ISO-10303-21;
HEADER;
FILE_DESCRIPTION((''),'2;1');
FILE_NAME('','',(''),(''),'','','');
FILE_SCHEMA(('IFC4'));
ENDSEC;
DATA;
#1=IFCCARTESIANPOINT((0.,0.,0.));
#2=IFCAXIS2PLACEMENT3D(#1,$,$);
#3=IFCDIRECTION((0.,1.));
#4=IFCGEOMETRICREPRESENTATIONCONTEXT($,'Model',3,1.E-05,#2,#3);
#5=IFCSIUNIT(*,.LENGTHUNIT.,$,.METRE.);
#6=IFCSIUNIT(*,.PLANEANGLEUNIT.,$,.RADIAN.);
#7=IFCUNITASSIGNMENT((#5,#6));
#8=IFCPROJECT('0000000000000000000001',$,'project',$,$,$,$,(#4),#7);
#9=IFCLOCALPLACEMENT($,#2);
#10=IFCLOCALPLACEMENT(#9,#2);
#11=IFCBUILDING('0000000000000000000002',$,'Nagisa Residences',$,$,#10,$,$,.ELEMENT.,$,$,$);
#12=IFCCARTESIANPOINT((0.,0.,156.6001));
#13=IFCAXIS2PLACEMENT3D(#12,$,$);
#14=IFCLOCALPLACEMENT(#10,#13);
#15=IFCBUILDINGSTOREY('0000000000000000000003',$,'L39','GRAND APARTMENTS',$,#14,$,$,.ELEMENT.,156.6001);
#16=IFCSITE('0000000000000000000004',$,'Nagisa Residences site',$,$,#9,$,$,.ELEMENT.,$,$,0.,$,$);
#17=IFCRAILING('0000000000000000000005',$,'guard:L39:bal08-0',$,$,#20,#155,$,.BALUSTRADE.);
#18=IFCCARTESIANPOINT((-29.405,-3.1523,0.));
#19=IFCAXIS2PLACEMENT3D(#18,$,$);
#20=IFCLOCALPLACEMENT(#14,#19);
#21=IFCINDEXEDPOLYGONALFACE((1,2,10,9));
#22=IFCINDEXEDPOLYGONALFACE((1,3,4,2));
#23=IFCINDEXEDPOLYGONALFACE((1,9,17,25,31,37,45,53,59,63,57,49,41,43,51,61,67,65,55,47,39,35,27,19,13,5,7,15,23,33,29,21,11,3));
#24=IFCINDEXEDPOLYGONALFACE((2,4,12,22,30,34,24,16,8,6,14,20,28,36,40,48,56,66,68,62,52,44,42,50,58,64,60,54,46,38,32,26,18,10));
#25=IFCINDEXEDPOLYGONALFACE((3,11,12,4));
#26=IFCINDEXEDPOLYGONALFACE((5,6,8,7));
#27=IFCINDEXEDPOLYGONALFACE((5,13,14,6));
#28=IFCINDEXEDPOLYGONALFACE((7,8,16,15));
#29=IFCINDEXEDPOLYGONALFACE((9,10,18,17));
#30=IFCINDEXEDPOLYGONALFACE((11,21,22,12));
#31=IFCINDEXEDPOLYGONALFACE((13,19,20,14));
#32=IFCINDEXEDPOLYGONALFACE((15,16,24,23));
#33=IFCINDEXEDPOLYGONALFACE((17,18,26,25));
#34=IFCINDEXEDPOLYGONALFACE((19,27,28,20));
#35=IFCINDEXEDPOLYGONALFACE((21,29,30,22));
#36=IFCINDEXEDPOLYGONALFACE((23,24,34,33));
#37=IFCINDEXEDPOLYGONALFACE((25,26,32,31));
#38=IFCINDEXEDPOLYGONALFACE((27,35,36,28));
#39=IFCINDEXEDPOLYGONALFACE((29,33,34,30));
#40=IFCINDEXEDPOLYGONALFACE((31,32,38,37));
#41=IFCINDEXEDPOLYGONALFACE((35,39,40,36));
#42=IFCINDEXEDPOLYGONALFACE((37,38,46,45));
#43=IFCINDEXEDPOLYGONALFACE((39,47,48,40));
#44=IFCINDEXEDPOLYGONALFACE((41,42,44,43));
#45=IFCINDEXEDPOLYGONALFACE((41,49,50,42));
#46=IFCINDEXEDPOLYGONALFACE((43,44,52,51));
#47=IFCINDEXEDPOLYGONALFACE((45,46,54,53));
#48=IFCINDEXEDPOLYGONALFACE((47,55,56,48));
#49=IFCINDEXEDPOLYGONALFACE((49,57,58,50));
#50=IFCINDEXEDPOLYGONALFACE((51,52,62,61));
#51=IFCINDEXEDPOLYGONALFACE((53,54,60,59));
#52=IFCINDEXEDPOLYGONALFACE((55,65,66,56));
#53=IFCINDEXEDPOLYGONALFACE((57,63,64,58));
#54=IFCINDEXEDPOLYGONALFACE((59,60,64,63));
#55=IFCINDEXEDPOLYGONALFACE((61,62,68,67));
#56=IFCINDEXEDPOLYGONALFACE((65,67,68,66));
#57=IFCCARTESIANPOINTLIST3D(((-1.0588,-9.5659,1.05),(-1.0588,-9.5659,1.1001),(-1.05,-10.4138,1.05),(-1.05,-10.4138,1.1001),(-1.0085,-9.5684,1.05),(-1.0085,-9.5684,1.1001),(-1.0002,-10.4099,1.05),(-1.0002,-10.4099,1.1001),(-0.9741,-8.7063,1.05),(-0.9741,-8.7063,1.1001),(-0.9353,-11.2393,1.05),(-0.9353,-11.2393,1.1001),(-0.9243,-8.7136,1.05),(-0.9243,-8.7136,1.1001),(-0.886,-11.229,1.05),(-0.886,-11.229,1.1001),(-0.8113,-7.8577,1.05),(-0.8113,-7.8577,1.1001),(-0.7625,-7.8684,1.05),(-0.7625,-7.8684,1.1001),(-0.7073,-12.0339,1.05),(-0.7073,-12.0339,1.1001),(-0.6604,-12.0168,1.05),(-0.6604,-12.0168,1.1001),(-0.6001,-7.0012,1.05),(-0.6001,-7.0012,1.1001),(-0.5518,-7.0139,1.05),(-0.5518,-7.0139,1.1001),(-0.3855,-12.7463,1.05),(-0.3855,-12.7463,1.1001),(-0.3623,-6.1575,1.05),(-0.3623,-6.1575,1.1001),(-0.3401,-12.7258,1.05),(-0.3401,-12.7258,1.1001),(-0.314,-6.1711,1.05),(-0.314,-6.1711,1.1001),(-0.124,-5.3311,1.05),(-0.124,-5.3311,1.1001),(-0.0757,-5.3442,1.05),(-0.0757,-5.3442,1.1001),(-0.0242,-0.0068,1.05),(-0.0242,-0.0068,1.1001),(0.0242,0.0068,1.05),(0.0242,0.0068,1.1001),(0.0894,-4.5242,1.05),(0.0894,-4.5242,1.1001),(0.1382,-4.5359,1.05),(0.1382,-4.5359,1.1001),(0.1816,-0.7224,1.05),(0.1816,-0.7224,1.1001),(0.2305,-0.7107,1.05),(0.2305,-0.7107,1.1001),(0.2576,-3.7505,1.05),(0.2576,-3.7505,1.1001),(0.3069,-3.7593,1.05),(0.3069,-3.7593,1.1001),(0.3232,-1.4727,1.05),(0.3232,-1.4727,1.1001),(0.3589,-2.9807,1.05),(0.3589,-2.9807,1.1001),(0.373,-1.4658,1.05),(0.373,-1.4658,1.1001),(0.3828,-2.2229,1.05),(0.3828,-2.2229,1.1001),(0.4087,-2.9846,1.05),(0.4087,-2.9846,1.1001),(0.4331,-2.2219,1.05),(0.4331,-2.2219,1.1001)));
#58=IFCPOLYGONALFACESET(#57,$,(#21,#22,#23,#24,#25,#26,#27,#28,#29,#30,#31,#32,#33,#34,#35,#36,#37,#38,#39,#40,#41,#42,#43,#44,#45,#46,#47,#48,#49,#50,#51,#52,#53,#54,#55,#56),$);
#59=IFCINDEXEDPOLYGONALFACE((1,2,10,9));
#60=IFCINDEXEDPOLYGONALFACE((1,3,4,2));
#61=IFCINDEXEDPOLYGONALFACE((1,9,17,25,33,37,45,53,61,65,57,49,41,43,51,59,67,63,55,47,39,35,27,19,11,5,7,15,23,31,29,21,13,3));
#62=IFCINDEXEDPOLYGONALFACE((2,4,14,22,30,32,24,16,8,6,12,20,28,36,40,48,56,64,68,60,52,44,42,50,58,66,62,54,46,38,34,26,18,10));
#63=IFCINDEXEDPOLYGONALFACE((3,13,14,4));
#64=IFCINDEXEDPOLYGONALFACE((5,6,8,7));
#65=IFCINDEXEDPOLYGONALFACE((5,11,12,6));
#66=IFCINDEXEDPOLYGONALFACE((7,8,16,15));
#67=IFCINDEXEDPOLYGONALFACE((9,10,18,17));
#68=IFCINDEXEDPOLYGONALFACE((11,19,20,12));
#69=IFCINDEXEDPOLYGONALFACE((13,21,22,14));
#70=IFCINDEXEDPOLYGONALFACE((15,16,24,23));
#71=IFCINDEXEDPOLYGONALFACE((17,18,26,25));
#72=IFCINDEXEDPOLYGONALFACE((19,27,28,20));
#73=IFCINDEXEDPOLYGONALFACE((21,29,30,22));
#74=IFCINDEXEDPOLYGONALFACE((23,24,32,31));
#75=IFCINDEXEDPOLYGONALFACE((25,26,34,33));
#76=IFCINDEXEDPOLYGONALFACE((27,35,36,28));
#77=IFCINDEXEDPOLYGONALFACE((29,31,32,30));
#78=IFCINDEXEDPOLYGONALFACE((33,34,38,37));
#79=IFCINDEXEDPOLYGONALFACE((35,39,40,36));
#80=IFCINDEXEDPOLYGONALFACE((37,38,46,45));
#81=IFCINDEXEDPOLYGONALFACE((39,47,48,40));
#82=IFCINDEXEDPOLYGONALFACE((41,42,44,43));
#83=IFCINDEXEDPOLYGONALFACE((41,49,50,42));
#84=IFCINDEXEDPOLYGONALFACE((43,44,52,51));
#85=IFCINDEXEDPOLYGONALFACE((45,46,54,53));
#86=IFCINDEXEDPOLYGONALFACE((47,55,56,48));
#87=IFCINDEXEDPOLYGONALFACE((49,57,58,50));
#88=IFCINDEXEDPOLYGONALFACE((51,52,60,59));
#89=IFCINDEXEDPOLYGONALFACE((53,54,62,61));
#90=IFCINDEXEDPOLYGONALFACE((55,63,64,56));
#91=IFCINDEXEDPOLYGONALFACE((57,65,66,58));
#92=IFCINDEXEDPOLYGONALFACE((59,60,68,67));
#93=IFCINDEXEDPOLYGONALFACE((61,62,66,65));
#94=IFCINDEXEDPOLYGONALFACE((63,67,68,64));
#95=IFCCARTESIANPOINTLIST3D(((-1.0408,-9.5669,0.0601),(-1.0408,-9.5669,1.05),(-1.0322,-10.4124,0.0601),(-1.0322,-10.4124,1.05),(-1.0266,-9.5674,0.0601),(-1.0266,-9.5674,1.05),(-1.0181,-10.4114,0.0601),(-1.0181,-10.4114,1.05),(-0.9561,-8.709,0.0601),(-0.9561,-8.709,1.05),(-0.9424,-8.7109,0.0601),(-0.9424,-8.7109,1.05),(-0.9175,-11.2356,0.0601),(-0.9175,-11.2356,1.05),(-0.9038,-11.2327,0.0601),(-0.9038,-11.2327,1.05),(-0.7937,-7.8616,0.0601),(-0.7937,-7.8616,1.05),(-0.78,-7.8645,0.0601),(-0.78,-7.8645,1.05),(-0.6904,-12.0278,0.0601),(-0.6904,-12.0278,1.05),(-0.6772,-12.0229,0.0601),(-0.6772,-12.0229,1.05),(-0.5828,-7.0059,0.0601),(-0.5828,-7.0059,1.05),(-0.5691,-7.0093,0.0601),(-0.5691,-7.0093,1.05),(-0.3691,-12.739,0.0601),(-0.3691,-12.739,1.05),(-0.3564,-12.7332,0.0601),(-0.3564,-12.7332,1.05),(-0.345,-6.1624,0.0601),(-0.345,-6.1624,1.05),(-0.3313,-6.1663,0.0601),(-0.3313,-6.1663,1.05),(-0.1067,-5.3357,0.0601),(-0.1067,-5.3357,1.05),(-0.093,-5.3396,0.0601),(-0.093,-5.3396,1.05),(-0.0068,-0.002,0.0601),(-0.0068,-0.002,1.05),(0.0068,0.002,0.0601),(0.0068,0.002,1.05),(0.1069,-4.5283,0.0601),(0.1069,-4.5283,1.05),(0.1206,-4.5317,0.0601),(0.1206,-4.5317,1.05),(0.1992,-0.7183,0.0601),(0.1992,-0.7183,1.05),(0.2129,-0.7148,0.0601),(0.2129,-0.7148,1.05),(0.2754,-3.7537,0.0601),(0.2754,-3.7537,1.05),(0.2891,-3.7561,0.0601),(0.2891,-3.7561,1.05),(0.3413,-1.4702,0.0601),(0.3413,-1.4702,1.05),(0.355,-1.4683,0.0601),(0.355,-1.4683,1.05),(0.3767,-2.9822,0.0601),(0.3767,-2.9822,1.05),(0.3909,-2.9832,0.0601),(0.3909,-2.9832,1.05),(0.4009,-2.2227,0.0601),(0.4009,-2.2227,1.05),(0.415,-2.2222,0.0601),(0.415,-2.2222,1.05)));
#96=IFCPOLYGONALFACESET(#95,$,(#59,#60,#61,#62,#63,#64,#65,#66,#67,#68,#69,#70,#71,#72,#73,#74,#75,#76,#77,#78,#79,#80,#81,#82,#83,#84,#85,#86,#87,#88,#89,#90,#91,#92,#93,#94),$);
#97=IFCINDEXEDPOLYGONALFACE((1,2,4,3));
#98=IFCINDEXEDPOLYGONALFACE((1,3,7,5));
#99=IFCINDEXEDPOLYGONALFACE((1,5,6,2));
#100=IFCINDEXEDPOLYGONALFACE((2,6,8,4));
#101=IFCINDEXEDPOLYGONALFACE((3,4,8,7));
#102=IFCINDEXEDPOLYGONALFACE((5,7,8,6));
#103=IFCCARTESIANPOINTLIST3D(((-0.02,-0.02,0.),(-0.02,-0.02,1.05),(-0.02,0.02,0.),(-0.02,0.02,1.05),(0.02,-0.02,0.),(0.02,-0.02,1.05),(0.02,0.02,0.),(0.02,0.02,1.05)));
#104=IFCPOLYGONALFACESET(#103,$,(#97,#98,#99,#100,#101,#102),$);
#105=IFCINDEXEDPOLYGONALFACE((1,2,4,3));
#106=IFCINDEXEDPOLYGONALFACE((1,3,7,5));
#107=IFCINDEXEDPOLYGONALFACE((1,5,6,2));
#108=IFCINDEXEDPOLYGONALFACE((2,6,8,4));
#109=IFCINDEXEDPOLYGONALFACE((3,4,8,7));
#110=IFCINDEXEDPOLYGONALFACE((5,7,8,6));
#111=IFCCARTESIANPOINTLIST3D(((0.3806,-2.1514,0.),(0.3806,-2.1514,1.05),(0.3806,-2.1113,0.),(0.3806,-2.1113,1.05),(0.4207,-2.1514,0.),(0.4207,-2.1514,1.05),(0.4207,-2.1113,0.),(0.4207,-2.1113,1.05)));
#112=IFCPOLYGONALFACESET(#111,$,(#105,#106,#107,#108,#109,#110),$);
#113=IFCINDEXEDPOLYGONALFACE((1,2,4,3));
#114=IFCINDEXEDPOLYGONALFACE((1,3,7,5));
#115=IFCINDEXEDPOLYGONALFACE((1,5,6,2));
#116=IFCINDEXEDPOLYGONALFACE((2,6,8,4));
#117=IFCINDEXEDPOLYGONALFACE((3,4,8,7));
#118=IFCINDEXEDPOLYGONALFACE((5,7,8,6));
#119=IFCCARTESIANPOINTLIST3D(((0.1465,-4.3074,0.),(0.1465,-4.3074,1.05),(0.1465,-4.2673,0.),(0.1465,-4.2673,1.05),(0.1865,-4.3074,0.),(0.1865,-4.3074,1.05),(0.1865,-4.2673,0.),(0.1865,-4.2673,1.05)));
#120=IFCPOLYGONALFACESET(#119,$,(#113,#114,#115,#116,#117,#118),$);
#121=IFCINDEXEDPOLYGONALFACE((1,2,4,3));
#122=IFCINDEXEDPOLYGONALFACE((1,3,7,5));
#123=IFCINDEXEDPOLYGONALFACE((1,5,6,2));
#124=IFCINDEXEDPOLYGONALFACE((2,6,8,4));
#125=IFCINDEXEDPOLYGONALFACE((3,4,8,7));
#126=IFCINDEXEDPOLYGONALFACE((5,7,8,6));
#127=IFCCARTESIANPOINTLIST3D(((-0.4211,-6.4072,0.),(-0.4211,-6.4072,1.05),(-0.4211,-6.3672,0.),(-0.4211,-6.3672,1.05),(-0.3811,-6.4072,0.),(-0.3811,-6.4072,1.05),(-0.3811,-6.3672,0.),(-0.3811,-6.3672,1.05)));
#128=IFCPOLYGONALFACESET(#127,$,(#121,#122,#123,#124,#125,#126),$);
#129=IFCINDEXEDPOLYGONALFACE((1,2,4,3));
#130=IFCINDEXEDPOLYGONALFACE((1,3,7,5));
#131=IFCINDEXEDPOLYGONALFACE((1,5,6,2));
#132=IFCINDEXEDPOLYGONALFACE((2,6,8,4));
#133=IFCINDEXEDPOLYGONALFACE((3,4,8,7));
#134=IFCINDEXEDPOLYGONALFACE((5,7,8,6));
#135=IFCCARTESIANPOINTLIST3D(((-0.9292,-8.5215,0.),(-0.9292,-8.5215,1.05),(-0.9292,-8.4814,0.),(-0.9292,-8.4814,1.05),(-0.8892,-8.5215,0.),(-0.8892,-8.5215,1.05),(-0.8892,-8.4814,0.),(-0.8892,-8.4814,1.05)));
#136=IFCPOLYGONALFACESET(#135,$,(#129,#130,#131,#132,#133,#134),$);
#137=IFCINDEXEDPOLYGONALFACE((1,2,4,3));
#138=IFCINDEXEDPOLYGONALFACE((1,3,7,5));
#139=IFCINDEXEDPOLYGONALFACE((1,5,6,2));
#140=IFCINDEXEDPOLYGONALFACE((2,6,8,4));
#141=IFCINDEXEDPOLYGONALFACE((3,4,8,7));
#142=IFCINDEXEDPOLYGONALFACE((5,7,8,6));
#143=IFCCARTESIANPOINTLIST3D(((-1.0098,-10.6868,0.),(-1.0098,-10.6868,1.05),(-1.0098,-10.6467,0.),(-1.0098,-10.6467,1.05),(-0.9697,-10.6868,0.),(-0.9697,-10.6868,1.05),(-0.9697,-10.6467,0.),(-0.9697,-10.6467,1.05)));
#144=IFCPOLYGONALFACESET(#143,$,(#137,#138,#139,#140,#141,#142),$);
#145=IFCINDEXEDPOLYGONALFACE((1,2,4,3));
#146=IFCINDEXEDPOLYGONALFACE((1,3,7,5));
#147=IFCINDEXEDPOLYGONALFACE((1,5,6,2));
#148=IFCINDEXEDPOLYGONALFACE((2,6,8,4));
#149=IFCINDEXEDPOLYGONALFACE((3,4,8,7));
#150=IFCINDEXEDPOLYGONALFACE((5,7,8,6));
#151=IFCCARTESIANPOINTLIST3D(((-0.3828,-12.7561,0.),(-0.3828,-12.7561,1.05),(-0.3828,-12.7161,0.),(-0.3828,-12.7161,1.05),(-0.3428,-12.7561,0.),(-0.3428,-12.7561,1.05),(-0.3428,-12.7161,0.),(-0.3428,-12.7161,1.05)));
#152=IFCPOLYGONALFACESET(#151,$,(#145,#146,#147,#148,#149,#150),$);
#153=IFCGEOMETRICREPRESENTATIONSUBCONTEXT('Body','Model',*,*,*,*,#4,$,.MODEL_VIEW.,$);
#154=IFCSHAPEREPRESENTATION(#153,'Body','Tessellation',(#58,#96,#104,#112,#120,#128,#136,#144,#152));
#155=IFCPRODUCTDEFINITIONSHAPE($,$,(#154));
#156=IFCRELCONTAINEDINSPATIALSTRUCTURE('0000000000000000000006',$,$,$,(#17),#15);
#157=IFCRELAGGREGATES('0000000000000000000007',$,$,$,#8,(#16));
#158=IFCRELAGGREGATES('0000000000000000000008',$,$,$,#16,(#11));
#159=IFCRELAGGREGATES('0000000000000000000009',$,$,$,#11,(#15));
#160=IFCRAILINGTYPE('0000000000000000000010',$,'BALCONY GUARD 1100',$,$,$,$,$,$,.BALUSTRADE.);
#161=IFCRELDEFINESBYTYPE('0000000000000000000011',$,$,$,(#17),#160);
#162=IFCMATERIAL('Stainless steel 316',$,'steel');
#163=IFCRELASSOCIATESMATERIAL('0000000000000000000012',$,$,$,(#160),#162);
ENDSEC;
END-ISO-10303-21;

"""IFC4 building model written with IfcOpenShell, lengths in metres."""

from ifc_helpers import new_model, si_unit, direction, frame, origin, origin_2d, place, context, subcontext, project, spatial, polyline, rectangle, outline, extrude, material, type_object, element, save


model = new_model("IFC4")

# Units and contexts
model_context = context("Model", 3, precision=1e-05, world=origin(), true_north=direction((0.0, 1.0)))
body_context = subcontext(model_context, "Body", "Model", "MODEL_VIEW")
ifc_project = project(units=[si_unit("LENGTHUNIT", "METRE"), si_unit("PLANEANGLEUNIT", "RADIAN")], contexts=[model_context])

# Site, building, storey
site_placement = place(None, origin())
site = spatial("IfcSite", under=ifc_project, at=site_placement, Name="Nagisa Residences site", CompositionType="ELEMENT", RefElevation=0.0)
building_placement = place(site_placement, origin())
building = spatial("IfcBuilding", under=site, at=building_placement, Name="Nagisa Residences", CompositionType="ELEMENT")
storey_placement = place(building_placement, frame((0.0, 0.0, 156.6001)))
storey = spatial("IfcBuildingStorey", under=building, at=storey_placement, Name="L39", Description="GRAND APARTMENTS", CompositionType="ELEMENT", Elevation=156.6001)

# Railing
ifc_material_1 = material(Name="Stainless steel 316", Category="steel")
railing_type = type_object("IfcRailingType", Name="BALCONY GUARD 1100", PredefinedType="BALUSTRADE", material=ifc_material_1)
railing_1_placement = place(storey_placement, frame((-29.405, -3.1523, 0.0)))
element("IfcRailing", 1, at=railing_1_placement, inside=storey, type_object=railing_type, Name="guard:L39:bal08-0", PredefinedType="BALUSTRADE", context=body_context, shape_type="SweptSolid", body=[
    extrude(outline(polyline([(0.2305, -0.7107), (0.0242, 0.0068), (-0.0242, -0.0068), (0.1816, -0.7224), (0.3232, -1.4727), (0.3828, -2.2229), (0.3589, -2.9807), (0.2576, -3.7505), (0.0894, -4.5242), (-0.124, -5.3311), (-0.3623, -6.1575), (-0.6001, -7.0012), (-0.8113, -7.8577), (-0.9741, -8.7063), (-1.0588, -9.5659), (-1.05, -10.4138), (-0.9353, -11.2393), (-0.7073, -12.0339), (-0.3855, -12.7463), (-0.3401, -12.7258), (-0.6604, -12.0168), (-0.886, -11.229), (-1.0002, -10.4099), (-1.0085, -9.5684), (-0.9243, -8.7136), (-0.7625, -7.8684), (-0.5518, -7.0139), (-0.314, -6.1711), (-0.0757, -5.3442), (0.1382, -4.5359), (0.3069, -3.7593), (0.4087, -2.9846), (0.4331, -2.2219), (0.373, -1.4658), (0.2305, -0.7107)])), frame((0.0, 0.0, 1.05)), (0.0, 0.0, 1.0), 0.05),
    extrude(outline(polyline([(0.2129, -0.7148), (0.0068, 0.002), (-0.0068, -0.002), (0.1992, -0.7183), (0.3413, -1.4702), (0.4009, -2.2227), (0.3767, -2.9822), (0.2754, -3.7537), (0.1069, -4.5283), (-0.1067, -5.3357), (-0.345, -6.1624), (-0.5828, -7.0059), (-0.7937, -7.8616), (-0.9561, -8.709), (-1.0408, -9.5669), (-1.0322, -10.4124), (-0.9175, -11.2356), (-0.6904, -12.0278), (-0.3691, -12.739), (-0.3564, -12.7332), (-0.6772, -12.0229), (-0.9038, -11.2327), (-1.0181, -10.4114), (-1.0266, -9.5674), (-0.9424, -8.7109), (-0.78, -7.8645), (-0.5691, -7.0093), (-0.3313, -6.1663), (-0.093, -5.3396), (0.1206, -4.5317), (0.2891, -3.7561), (0.3909, -2.9832), (0.415, -2.2222), (0.355, -1.4683), (0.2129, -0.7148)])), frame((0.0, 0.0, 0.0601)), (0.0, 0.0, 1.0), 0.99),
    extrude(rectangle(XDim=0.04, YDim=0.04, at=origin_2d()), origin(), (0.0, 0.0, 1.0), 1.05),
    extrude(rectangle(XDim=0.04, YDim=0.04, at=origin_2d()), frame((0.4006, -2.1313, 0.0)), (0.0, 0.0, 1.0), 1.05),
    extrude(rectangle(XDim=0.04, YDim=0.04, at=origin_2d()), frame((0.1665, -4.2874, 0.0)), (0.0, 0.0, 1.0), 1.05),
    extrude(rectangle(XDim=0.04, YDim=0.04, at=origin_2d()), frame((-0.4011, -6.3872, 0.0)), (0.0, 0.0, 1.0), 1.05),
    extrude(rectangle(XDim=0.04, YDim=0.04, at=origin_2d()), frame((-0.9092, -8.5015, 0.0)), (0.0, 0.0, 1.0), 1.05),
    extrude(rectangle(XDim=0.04, YDim=0.04, at=origin_2d()), frame((-0.9897, -10.6667, 0.0)), (0.0, 0.0, 1.0), 1.05),
    extrude(rectangle(XDim=0.04, YDim=0.04, at=origin_2d()), frame((-0.3628, -12.7361, 0.0)), (0.0, 0.0, 1.0), 1.05),
])

save(model, "model.ifc")
